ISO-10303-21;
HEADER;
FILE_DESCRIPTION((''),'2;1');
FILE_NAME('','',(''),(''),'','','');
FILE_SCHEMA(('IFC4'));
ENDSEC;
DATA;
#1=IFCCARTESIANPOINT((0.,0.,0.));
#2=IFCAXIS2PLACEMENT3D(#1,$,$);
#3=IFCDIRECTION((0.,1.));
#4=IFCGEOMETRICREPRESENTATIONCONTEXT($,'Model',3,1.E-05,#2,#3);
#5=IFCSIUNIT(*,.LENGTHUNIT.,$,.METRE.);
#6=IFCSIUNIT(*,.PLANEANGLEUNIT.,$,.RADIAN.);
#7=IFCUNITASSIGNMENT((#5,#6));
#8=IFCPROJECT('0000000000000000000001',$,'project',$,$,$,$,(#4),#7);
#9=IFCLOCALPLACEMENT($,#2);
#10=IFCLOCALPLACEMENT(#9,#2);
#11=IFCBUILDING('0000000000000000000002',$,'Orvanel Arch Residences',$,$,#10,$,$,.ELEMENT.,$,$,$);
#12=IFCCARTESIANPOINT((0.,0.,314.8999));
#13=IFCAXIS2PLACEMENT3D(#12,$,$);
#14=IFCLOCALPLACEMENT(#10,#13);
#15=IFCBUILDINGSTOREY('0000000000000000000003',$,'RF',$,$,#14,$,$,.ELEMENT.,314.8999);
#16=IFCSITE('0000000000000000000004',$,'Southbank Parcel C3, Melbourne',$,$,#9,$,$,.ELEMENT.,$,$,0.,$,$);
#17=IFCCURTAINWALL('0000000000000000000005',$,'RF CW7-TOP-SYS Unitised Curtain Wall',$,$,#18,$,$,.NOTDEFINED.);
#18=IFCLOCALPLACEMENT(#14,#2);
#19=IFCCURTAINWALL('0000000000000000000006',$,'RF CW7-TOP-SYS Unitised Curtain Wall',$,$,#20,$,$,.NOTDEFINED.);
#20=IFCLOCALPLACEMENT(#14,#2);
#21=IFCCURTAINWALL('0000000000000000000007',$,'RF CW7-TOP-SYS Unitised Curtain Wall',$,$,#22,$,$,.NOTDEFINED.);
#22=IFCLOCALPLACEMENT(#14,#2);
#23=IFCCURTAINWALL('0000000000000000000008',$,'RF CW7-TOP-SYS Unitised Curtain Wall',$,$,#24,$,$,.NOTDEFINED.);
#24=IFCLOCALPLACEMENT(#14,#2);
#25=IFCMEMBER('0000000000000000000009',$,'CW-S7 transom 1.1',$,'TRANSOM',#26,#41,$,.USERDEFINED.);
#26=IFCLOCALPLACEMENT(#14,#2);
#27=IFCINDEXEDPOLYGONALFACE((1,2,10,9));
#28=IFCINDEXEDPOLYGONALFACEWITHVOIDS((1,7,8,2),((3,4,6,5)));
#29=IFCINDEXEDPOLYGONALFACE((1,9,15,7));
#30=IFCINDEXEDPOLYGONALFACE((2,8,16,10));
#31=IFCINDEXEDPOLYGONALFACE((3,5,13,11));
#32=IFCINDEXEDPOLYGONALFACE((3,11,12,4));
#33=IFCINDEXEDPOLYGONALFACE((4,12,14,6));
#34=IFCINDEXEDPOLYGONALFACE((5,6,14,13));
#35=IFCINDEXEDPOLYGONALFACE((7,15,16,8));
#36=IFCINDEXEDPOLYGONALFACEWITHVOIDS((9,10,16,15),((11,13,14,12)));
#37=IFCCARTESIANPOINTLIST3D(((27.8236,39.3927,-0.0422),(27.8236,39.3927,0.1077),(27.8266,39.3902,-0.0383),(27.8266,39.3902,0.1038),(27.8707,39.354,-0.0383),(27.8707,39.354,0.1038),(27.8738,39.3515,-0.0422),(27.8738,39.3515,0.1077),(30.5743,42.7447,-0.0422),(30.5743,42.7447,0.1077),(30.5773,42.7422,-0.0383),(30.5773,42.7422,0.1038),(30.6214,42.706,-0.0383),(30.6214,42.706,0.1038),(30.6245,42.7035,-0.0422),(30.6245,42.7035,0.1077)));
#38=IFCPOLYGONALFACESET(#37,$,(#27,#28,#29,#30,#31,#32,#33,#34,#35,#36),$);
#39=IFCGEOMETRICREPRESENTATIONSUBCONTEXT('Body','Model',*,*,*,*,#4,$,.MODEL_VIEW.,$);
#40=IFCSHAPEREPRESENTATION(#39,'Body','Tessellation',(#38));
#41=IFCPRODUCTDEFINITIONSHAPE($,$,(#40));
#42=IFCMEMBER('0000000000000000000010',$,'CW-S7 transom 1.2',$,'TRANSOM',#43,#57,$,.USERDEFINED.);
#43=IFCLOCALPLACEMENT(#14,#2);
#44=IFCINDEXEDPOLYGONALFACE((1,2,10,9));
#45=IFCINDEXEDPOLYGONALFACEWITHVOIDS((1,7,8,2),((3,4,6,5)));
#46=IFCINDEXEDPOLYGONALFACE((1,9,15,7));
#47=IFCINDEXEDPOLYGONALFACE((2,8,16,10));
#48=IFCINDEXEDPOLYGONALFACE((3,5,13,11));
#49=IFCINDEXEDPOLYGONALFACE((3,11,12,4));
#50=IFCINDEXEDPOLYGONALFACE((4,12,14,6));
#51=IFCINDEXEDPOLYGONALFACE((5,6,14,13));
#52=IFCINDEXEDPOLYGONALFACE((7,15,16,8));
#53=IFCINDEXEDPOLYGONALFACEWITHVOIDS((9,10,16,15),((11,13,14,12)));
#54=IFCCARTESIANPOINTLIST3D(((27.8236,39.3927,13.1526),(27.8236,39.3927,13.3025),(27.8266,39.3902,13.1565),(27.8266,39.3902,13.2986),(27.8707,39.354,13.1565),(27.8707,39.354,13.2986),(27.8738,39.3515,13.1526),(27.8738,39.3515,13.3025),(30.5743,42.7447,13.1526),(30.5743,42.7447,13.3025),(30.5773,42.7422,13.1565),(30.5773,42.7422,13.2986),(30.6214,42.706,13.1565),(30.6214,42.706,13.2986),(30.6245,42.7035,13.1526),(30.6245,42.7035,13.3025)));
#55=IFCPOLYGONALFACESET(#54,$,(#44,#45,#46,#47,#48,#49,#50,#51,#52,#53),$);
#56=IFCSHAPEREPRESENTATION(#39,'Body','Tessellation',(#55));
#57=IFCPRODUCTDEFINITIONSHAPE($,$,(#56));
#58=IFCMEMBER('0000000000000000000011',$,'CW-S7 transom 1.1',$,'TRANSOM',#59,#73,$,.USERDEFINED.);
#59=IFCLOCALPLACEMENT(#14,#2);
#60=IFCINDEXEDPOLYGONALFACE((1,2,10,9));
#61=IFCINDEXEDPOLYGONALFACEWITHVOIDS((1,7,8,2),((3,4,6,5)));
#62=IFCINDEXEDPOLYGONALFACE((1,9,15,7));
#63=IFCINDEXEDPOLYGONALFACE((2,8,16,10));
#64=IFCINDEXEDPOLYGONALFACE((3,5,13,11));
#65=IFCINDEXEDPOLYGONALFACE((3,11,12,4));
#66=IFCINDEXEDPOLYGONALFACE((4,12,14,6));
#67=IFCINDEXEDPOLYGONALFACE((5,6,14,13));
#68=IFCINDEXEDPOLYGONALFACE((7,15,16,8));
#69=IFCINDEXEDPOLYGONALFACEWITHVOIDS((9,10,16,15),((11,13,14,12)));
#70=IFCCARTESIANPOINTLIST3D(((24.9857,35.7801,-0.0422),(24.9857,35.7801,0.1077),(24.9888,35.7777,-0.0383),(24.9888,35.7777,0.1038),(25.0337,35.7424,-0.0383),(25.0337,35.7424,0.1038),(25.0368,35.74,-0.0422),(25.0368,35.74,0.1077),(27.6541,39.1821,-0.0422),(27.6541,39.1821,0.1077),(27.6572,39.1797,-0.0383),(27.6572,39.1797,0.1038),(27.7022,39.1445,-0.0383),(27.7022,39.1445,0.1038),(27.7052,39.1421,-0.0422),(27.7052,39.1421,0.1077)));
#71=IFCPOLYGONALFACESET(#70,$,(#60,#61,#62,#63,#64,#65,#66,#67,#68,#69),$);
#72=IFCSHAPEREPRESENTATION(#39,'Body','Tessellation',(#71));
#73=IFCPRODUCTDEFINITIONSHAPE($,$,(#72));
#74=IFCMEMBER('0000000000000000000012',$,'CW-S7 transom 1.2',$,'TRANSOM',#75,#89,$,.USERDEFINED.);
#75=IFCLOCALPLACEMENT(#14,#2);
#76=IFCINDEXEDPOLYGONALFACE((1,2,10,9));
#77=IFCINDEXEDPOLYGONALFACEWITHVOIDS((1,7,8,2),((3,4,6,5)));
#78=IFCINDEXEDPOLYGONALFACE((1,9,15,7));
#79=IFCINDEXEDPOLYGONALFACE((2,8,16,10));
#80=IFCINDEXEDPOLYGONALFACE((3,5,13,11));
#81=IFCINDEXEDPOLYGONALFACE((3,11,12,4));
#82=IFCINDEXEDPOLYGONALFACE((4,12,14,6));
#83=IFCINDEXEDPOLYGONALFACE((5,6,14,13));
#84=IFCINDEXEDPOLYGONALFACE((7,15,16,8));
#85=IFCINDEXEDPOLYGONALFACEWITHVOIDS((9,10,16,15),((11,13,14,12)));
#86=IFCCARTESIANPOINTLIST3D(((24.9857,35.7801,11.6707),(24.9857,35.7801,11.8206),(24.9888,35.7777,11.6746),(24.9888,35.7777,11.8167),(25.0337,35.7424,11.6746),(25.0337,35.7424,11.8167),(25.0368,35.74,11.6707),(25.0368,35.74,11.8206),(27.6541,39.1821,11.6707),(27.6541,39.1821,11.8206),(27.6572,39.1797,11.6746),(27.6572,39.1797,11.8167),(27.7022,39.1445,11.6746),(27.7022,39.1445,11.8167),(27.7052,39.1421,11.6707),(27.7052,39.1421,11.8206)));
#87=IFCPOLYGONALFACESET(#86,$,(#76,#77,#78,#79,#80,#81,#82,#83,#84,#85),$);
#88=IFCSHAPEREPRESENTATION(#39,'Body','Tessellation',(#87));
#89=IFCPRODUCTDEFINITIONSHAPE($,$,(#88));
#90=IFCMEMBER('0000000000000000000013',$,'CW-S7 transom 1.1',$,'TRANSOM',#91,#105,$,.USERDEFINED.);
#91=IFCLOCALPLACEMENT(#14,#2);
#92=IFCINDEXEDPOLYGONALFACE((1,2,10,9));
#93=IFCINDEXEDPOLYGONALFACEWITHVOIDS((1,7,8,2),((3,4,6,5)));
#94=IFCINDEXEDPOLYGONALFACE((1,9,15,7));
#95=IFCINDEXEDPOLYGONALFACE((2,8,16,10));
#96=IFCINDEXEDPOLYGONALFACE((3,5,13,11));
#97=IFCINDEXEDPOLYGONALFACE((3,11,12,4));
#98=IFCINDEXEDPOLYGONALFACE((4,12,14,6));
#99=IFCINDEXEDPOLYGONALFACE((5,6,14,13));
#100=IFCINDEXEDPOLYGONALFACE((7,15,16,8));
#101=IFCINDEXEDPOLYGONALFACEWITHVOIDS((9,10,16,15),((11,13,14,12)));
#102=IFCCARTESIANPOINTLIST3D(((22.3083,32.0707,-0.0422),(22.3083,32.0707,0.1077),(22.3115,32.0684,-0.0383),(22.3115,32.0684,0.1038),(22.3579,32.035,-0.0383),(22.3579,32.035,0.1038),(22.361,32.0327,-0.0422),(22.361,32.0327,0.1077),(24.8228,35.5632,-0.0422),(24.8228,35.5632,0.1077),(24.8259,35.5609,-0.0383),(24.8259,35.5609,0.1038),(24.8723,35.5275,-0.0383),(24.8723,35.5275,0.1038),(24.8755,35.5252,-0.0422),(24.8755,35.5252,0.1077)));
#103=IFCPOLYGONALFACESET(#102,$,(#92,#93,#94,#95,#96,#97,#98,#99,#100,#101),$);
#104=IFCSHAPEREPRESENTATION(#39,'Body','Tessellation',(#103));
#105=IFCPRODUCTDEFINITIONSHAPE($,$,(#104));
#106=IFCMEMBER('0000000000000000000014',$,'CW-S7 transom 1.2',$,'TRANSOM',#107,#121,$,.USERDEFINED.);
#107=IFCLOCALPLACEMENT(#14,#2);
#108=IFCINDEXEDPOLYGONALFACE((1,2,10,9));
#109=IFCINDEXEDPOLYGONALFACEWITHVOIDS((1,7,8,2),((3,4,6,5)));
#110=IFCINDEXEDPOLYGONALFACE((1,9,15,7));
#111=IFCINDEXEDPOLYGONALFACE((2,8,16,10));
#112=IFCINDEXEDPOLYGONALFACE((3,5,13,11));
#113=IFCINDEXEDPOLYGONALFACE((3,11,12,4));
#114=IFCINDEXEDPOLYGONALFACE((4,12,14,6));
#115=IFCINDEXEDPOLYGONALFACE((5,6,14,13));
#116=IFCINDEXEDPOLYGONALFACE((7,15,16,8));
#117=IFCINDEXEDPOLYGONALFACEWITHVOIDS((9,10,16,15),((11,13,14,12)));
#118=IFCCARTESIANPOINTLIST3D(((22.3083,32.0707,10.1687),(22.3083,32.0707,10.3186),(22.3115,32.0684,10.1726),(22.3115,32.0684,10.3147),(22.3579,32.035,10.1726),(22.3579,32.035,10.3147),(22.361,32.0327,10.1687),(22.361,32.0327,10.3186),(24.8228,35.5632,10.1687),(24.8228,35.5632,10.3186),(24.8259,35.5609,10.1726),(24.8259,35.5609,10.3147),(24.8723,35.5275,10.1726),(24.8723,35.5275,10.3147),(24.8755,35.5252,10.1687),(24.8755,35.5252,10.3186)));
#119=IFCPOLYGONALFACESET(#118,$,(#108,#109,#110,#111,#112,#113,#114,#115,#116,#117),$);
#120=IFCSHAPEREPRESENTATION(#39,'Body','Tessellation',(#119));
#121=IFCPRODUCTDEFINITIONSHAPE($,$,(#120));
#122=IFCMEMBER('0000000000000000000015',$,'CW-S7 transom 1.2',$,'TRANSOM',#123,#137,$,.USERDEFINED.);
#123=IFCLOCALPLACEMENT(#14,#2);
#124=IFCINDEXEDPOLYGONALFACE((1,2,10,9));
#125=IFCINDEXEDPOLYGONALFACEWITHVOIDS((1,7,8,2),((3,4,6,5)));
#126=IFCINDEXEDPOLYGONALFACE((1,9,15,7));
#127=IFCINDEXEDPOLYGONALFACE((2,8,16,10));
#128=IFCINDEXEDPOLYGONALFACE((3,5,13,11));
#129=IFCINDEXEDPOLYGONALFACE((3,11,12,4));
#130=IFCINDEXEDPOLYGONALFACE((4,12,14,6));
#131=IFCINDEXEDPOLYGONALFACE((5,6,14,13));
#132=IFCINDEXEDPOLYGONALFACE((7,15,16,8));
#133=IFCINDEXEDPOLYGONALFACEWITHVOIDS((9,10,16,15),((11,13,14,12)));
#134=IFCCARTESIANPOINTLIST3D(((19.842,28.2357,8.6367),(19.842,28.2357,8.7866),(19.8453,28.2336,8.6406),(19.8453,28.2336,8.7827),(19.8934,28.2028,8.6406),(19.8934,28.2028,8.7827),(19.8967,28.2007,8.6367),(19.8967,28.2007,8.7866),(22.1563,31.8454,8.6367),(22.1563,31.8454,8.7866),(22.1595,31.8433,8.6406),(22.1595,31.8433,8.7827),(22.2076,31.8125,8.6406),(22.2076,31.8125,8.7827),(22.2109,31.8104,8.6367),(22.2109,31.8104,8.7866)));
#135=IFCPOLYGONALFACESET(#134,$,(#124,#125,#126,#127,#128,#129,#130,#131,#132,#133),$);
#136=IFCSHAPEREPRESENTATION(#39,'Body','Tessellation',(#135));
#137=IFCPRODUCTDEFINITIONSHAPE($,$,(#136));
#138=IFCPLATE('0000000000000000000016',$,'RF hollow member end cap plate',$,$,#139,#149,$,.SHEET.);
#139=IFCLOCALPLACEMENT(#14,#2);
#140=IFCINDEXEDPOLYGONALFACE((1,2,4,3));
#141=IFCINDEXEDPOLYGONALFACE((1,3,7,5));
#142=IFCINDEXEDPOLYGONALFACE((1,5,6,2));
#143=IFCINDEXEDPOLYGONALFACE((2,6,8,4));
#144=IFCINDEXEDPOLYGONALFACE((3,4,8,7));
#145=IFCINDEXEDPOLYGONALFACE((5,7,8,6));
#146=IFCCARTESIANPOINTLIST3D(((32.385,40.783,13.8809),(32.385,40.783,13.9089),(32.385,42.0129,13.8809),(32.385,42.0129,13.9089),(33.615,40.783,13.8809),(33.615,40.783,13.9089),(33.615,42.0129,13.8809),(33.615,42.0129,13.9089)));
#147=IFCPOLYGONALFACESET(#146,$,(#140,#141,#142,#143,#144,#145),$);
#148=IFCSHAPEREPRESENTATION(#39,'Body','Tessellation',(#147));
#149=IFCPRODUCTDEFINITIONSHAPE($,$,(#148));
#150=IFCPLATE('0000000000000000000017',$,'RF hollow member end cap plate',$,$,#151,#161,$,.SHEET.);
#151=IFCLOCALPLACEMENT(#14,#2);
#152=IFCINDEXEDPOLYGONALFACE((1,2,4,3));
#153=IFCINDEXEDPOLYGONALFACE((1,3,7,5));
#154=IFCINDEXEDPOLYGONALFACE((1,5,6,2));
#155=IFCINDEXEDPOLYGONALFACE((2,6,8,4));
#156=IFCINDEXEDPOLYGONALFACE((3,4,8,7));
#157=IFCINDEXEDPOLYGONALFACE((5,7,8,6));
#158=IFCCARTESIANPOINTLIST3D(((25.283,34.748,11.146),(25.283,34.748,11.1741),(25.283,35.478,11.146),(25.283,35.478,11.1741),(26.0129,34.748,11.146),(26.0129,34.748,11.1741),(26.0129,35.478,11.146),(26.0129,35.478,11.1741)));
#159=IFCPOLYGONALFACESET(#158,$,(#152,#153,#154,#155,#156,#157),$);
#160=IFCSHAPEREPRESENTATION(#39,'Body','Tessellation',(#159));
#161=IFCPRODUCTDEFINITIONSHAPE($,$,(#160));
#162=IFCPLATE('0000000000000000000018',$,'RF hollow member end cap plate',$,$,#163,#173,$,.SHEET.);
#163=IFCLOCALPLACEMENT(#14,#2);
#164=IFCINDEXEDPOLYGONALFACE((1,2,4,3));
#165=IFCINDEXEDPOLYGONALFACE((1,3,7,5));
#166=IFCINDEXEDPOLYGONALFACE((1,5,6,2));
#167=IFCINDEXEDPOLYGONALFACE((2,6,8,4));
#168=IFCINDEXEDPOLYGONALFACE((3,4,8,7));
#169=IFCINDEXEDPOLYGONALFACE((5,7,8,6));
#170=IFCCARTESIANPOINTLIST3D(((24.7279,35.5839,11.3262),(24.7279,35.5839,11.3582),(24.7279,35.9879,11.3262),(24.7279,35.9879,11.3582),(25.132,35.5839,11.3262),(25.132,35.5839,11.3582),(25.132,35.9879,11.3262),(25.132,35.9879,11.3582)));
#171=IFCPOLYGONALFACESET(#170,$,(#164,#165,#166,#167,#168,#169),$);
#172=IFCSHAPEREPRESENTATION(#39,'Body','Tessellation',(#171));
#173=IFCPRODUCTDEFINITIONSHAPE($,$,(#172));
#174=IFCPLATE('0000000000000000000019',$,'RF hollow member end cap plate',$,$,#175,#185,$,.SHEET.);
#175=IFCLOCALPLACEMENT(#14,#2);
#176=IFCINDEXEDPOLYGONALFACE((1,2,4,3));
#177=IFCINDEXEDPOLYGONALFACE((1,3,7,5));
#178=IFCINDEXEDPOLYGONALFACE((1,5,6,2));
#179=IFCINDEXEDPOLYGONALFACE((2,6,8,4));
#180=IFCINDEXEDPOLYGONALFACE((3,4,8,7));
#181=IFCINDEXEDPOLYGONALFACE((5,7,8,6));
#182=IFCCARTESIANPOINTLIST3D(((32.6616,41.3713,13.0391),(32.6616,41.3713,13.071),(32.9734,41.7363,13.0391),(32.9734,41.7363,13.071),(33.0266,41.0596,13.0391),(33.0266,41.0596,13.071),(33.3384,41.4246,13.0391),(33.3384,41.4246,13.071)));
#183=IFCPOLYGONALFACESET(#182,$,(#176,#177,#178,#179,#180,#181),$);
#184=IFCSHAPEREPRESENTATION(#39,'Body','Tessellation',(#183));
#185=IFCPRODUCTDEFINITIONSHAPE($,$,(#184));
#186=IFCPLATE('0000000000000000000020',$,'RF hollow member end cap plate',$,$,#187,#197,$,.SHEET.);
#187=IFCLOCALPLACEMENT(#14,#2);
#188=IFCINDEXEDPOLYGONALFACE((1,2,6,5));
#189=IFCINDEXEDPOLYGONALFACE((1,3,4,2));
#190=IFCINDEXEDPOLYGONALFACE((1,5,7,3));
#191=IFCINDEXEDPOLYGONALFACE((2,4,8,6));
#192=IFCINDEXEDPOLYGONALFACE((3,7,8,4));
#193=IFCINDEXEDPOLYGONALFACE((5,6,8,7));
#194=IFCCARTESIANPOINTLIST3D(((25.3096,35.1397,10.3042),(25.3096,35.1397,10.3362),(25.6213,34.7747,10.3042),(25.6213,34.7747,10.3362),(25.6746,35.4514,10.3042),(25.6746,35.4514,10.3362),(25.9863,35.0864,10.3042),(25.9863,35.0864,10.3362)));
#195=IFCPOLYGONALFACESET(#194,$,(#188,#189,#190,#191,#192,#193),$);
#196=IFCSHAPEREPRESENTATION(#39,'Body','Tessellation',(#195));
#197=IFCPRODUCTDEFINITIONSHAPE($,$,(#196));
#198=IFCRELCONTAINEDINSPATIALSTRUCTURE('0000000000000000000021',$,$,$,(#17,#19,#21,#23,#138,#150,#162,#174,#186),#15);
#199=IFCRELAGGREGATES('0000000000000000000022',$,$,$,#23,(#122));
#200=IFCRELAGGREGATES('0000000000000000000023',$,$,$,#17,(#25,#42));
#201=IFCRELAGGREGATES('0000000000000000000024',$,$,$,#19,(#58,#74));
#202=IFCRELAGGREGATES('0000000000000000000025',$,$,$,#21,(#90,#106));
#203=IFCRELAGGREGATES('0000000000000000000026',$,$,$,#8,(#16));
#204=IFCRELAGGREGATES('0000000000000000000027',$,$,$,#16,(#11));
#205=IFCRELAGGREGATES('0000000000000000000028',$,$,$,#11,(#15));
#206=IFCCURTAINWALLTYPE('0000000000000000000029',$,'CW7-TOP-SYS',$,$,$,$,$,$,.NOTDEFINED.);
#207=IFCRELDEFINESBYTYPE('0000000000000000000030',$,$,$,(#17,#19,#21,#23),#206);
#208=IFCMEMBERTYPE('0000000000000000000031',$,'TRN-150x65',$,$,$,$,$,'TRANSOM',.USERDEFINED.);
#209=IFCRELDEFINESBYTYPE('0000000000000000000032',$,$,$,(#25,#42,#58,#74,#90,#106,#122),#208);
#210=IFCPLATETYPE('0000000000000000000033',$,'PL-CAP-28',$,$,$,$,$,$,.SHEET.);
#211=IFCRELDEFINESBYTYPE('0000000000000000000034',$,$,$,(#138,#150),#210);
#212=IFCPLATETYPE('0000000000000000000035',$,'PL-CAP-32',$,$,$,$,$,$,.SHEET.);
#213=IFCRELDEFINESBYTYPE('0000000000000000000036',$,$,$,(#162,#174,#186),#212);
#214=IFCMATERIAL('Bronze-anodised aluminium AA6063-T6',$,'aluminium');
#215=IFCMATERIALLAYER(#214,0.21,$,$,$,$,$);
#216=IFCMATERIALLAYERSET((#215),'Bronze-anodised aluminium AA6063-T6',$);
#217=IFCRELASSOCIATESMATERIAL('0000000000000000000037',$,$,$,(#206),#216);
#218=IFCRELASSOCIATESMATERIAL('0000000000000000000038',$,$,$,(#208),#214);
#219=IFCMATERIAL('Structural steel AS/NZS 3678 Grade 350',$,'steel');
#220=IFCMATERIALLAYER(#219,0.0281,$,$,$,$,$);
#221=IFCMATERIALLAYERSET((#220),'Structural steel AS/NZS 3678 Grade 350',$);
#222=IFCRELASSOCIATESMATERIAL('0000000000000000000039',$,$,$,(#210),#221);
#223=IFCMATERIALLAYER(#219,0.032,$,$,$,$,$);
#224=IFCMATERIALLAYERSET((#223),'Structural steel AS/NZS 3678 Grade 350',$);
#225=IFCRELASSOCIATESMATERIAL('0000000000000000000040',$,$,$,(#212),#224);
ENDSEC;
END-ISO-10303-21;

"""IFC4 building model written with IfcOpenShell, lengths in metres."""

from ifc_helpers import new_model, si_unit, direction, frame, origin, origin_2d, place, context, subcontext, project, spatial, rectangle, hollow_rectangle, extrude, material, layer, layer_set, material_profile, profile_set, type_object, element, aggregate, save


model = new_model("IFC4")

# Units and contexts
model_context = context("Model", 3, precision=1e-05, world=origin(), true_north=direction((0.0, 1.0)))
body_context = subcontext(model_context, "Body", "Model", "MODEL_VIEW")
ifc_project = project(units=[si_unit("LENGTHUNIT", "METRE"), si_unit("PLANEANGLEUNIT", "RADIAN")], contexts=[model_context])

# Site, building, storey
site_placement = place(None, origin())
site = spatial("IfcSite", under=ifc_project, at=site_placement, Name="Southbank Parcel C3, Melbourne", CompositionType="ELEMENT", RefElevation=0.0)
building_placement = place(site_placement, origin())
building = spatial("IfcBuilding", under=site, at=building_placement, Name="Orvanel Arch Residences", CompositionType="ELEMENT")
storey_placement = place(building_placement, frame((0.0, 0.0, 314.8999)))
storey = spatial("IfcBuildingStorey", under=building, at=storey_placement, Name="RF", CompositionType="ELEMENT", Elevation=314.8999)

# Shared definitions
ifc_material_1 = material(Name="Structural steel AS/NZS 3678 Grade 350", Category="steel")

# Curtain walls
ifc_material_2 = material(Name="Bronze-anodised aluminium AA6063-T6", Category="aluminium")
ifc_layer_1 = layer(ifc_material_2, 0.21)
ifc_layer_set_1 = layer_set([ifc_layer_1], Name="Bronze-anodised aluminium AA6063-T6")
curtain_wall_type = type_object("IfcCurtainWallType", Name="CW7-TOP-SYS", PredefinedType="NOTDEFINED", material=ifc_layer_set_1)
curtain_wall_1_placement = place(storey_placement, origin())
curtain_wall_1 = element("IfcCurtainWall", 1, at=curtain_wall_1_placement, inside=storey, type_object=curtain_wall_type, Name="RF CW7-TOP-SYS Unitised Curtain Wall", PredefinedType="NOTDEFINED")
curtain_wall_2_placement = place(storey_placement, origin())
curtain_wall_2 = element("IfcCurtainWall", 2, at=curtain_wall_2_placement, inside=storey, type_object=curtain_wall_type, Name="RF CW7-TOP-SYS Unitised Curtain Wall", PredefinedType="NOTDEFINED")
curtain_wall_3_placement = place(storey_placement, origin())
curtain_wall_3 = element("IfcCurtainWall", 3, at=curtain_wall_3_placement, inside=storey, type_object=curtain_wall_type, Name="RF CW7-TOP-SYS Unitised Curtain Wall", PredefinedType="NOTDEFINED")

# Curtain wall
curtain_wall_4_placement = place(storey_placement, origin())
curtain_wall_4 = element("IfcCurtainWall", 4, at=curtain_wall_4_placement, inside=storey, type_object=curtain_wall_type, Name="RF CW7-TOP-SYS Unitised Curtain Wall", PredefinedType="NOTDEFINED")

# Members
ifc_material_profile_1 = material_profile(ifc_material_2, hollow_rectangle(XDim=0.0649, YDim=0.1499, WallThickness=0.0039, at=origin_2d()), Name="ALU150x65x4")
ifc_profile_set_1 = profile_set([ifc_material_profile_1], Name="Bronze-anodised aluminium AA6063-T6")
member_type_1 = type_object("IfcMemberType", Name="TRN-150x65", ElementType="TRANSOM", PredefinedType="USERDEFINED", material=ifc_profile_set_1)
member_1_placement = place(storey_placement, frame((30.5994, 42.7241, 0.0327), z_axis=(-0.634362, -0.773036, 0.0), x_axis=(0.773036, -0.634362, 0.0)))
member_1 = element("IfcMember", 5, at=member_1_placement, type_object=member_type_1, Name="CW-S7 transom 1.1", ObjectType="TRANSOM", PredefinedType="USERDEFINED", context=body_context, shape_type="SweptSolid", body=[
    extrude(hollow_rectangle(XDim=0.0649, YDim=0.1499, WallThickness=0.0039, at=origin_2d()), origin(), (0.0, 0.0, 1.0), 4.3362),
])
member_2_placement = place(storey_placement, frame((30.5994, 42.7241, 13.2275), z_axis=(-0.634362, -0.773036, 0.0), x_axis=(0.773036, -0.634362, 0.0)))
member_2 = element("IfcMember", 6, at=member_2_placement, type_object=member_type_1, Name="CW-S7 transom 1.2", ObjectType="TRANSOM", PredefinedType="USERDEFINED", context=body_context, shape_type="SweptSolid", body=[
    extrude(hollow_rectangle(XDim=0.0649, YDim=0.1499, WallThickness=0.0039, at=origin_2d()), origin(), (0.0, 0.0, 1.0), 4.3362),
])
member_3_placement = place(storey_placement, frame((27.6797, 39.1621, 0.0327), z_axis=(-0.61716, -0.786837, 0.0), x_axis=(0.786837, -0.61716, 0.0)))
member_3 = element("IfcMember", 7, at=member_3_placement, type_object=member_type_1, Name="CW-S7 transom 1.1", ObjectType="TRANSOM", PredefinedType="USERDEFINED", context=body_context, shape_type="SweptSolid", body=[
    extrude(hollow_rectangle(XDim=0.0649, YDim=0.1499, WallThickness=0.0039, at=origin_2d()), origin(), (0.0, 0.0, 1.0), 4.3237),
])
member_4_placement = place(storey_placement, frame((27.6797, 39.1621, 11.7456), z_axis=(-0.61716, -0.786837, 0.0), x_axis=(0.786837, -0.61716, 0.0)))
member_4 = element("IfcMember", 8, at=member_4_placement, type_object=member_type_1, Name="CW-S7 transom 1.2", ObjectType="TRANSOM", PredefinedType="USERDEFINED", context=body_context, shape_type="SweptSolid", body=[
    extrude(hollow_rectangle(XDim=0.0649, YDim=0.1499, WallThickness=0.0039, at=origin_2d()), origin(), (0.0, 0.0, 1.0), 4.3237),
])
member_5_placement = place(storey_placement, frame((24.8491, 35.5442, 0.0327), z_axis=(-0.584282, -0.81155, 0.0), x_axis=(0.81155, -0.584282, 0.0)))
member_5 = element("IfcMember", 9, at=member_5_placement, type_object=member_type_1, Name="CW-S7 transom 1.1", ObjectType="TRANSOM", PredefinedType="USERDEFINED", context=body_context, shape_type="SweptSolid", body=[
    extrude(hollow_rectangle(XDim=0.0649, YDim=0.1499, WallThickness=0.0039, at=origin_2d()), origin(), (0.0, 0.0, 1.0), 4.3035),
])
member_6_placement = place(storey_placement, frame((24.8491, 35.5442, 10.2437), z_axis=(-0.584282, -0.81155, 0.0), x_axis=(0.81155, -0.584282, 0.0)))
member_6 = element("IfcMember", 10, at=member_6_placement, type_object=member_type_1, Name="CW-S7 transom 1.2", ObjectType="TRANSOM", PredefinedType="USERDEFINED", context=body_context, shape_type="SweptSolid", body=[
    extrude(hollow_rectangle(XDim=0.0649, YDim=0.1499, WallThickness=0.0039, at=origin_2d()), origin(), (0.0, 0.0, 1.0), 4.3035),
])
member_7_placement = place(storey_placement, frame((22.1836, 31.8279, 8.7117), z_axis=(-0.539724, -0.841842, 0.0), x_axis=(0.841842, -0.539724, 0.0)))
member_7 = element("IfcMember", 11, at=member_7_placement, type_object=member_type_1, Name="CW-S7 transom 1.2", ObjectType="TRANSOM", PredefinedType="USERDEFINED", context=body_context, shape_type="SweptSolid", body=[
    extrude(hollow_rectangle(XDim=0.0649, YDim=0.1499, WallThickness=0.0039, at=origin_2d()), origin(), (0.0, 0.0, 1.0), 4.2878),
])
aggregate(curtain_wall_4, [member_7])

# Plates
ifc_layer_2 = layer(ifc_material_1, 0.0281)
ifc_layer_set_2 = layer_set([ifc_layer_2], Name="Structural steel AS/NZS 3678 Grade 350")
plate_type_1 = type_object("IfcPlateType", Name="PL-CAP-28", PredefinedType="SHEET", material=ifc_layer_set_2)
plate_1_placement = place(storey_placement, frame((33.0, 41.3979, 13.8809), z_axis=(0.0, 0.0, 1.0), x_axis=(1.0, 0.0, 0.0)))
element("IfcPlate", 12, at=plate_1_placement, inside=storey, type_object=plate_type_1, Name="RF hollow member end cap plate", PredefinedType="SHEET", context=body_context, shape_type="SweptSolid", body=[
    extrude(rectangle(XDim=1.23, YDim=1.23, at=origin_2d()), origin(), (0.0, 0.0, 1.0), 0.0281),
])
plate_2_placement = place(storey_placement, frame((25.6479, 35.113, 11.146), z_axis=(0.0, 0.0, 1.0), x_axis=(1.0, 0.0, 0.0)))
element("IfcPlate", 13, at=plate_2_placement, inside=storey, type_object=plate_type_1, Name="RF hollow member end cap plate", PredefinedType="SHEET", context=body_context, shape_type="SweptSolid", body=[
    extrude(rectangle(XDim=0.73, YDim=0.73, at=origin_2d()), origin(), (0.0, 0.0, 1.0), 0.0281),
])
ifc_layer_3 = layer(ifc_material_1, 0.032)
ifc_layer_set_3 = layer_set([ifc_layer_3], Name="Structural steel AS/NZS 3678 Grade 350")
plate_type_2 = type_object("IfcPlateType", Name="PL-CAP-32", PredefinedType="SHEET", material=ifc_layer_set_3)
plate_3_placement = place(storey_placement, frame((24.9299, 35.7859, 11.3262), z_axis=(0.0, 0.0, 1.0), x_axis=(1.0, 0.0, 0.0)))
element("IfcPlate", 14, at=plate_3_placement, inside=storey, type_object=plate_type_2, Name="RF hollow member end cap plate", PredefinedType="SHEET", context=body_context, shape_type="SweptSolid", body=[
    extrude(rectangle(XDim=0.4041, YDim=0.4041, at=origin_2d()), origin(), (0.0, 0.0, 1.0), 0.032),
])
for number, where, z_axis, x_axis, name in (
    (15, (33.0, 41.3979, 13.0391), (0.0, 0.0, 1.0), (-0.760406, 0.649448, 0.0), "RF hollow member end cap plate"),
    (16, (25.6479, 35.113, 10.3042), (0.0, 0.0, 1.0), (0.760406, 0.649448, 0.0), "RF hollow member end cap plate"),
):
    element("IfcPlate", number, at=place(storey_placement, frame(where, z_axis=z_axis, x_axis=x_axis)), inside=storey, type_object=plate_type_2, Name=name, PredefinedType="SHEET", context=body_context, shape_type="SweptSolid", body=[
        extrude(rectangle(XDim=0.48, YDim=0.48, at=origin_2d()), origin(), (0.0, 0.0, 1.0), 0.032),
    ])

aggregate(curtain_wall_1, [member_1, member_2])
aggregate(curtain_wall_2, [member_3, member_4])
aggregate(curtain_wall_3, [member_5, member_6])

save(model, "model.ifc")
